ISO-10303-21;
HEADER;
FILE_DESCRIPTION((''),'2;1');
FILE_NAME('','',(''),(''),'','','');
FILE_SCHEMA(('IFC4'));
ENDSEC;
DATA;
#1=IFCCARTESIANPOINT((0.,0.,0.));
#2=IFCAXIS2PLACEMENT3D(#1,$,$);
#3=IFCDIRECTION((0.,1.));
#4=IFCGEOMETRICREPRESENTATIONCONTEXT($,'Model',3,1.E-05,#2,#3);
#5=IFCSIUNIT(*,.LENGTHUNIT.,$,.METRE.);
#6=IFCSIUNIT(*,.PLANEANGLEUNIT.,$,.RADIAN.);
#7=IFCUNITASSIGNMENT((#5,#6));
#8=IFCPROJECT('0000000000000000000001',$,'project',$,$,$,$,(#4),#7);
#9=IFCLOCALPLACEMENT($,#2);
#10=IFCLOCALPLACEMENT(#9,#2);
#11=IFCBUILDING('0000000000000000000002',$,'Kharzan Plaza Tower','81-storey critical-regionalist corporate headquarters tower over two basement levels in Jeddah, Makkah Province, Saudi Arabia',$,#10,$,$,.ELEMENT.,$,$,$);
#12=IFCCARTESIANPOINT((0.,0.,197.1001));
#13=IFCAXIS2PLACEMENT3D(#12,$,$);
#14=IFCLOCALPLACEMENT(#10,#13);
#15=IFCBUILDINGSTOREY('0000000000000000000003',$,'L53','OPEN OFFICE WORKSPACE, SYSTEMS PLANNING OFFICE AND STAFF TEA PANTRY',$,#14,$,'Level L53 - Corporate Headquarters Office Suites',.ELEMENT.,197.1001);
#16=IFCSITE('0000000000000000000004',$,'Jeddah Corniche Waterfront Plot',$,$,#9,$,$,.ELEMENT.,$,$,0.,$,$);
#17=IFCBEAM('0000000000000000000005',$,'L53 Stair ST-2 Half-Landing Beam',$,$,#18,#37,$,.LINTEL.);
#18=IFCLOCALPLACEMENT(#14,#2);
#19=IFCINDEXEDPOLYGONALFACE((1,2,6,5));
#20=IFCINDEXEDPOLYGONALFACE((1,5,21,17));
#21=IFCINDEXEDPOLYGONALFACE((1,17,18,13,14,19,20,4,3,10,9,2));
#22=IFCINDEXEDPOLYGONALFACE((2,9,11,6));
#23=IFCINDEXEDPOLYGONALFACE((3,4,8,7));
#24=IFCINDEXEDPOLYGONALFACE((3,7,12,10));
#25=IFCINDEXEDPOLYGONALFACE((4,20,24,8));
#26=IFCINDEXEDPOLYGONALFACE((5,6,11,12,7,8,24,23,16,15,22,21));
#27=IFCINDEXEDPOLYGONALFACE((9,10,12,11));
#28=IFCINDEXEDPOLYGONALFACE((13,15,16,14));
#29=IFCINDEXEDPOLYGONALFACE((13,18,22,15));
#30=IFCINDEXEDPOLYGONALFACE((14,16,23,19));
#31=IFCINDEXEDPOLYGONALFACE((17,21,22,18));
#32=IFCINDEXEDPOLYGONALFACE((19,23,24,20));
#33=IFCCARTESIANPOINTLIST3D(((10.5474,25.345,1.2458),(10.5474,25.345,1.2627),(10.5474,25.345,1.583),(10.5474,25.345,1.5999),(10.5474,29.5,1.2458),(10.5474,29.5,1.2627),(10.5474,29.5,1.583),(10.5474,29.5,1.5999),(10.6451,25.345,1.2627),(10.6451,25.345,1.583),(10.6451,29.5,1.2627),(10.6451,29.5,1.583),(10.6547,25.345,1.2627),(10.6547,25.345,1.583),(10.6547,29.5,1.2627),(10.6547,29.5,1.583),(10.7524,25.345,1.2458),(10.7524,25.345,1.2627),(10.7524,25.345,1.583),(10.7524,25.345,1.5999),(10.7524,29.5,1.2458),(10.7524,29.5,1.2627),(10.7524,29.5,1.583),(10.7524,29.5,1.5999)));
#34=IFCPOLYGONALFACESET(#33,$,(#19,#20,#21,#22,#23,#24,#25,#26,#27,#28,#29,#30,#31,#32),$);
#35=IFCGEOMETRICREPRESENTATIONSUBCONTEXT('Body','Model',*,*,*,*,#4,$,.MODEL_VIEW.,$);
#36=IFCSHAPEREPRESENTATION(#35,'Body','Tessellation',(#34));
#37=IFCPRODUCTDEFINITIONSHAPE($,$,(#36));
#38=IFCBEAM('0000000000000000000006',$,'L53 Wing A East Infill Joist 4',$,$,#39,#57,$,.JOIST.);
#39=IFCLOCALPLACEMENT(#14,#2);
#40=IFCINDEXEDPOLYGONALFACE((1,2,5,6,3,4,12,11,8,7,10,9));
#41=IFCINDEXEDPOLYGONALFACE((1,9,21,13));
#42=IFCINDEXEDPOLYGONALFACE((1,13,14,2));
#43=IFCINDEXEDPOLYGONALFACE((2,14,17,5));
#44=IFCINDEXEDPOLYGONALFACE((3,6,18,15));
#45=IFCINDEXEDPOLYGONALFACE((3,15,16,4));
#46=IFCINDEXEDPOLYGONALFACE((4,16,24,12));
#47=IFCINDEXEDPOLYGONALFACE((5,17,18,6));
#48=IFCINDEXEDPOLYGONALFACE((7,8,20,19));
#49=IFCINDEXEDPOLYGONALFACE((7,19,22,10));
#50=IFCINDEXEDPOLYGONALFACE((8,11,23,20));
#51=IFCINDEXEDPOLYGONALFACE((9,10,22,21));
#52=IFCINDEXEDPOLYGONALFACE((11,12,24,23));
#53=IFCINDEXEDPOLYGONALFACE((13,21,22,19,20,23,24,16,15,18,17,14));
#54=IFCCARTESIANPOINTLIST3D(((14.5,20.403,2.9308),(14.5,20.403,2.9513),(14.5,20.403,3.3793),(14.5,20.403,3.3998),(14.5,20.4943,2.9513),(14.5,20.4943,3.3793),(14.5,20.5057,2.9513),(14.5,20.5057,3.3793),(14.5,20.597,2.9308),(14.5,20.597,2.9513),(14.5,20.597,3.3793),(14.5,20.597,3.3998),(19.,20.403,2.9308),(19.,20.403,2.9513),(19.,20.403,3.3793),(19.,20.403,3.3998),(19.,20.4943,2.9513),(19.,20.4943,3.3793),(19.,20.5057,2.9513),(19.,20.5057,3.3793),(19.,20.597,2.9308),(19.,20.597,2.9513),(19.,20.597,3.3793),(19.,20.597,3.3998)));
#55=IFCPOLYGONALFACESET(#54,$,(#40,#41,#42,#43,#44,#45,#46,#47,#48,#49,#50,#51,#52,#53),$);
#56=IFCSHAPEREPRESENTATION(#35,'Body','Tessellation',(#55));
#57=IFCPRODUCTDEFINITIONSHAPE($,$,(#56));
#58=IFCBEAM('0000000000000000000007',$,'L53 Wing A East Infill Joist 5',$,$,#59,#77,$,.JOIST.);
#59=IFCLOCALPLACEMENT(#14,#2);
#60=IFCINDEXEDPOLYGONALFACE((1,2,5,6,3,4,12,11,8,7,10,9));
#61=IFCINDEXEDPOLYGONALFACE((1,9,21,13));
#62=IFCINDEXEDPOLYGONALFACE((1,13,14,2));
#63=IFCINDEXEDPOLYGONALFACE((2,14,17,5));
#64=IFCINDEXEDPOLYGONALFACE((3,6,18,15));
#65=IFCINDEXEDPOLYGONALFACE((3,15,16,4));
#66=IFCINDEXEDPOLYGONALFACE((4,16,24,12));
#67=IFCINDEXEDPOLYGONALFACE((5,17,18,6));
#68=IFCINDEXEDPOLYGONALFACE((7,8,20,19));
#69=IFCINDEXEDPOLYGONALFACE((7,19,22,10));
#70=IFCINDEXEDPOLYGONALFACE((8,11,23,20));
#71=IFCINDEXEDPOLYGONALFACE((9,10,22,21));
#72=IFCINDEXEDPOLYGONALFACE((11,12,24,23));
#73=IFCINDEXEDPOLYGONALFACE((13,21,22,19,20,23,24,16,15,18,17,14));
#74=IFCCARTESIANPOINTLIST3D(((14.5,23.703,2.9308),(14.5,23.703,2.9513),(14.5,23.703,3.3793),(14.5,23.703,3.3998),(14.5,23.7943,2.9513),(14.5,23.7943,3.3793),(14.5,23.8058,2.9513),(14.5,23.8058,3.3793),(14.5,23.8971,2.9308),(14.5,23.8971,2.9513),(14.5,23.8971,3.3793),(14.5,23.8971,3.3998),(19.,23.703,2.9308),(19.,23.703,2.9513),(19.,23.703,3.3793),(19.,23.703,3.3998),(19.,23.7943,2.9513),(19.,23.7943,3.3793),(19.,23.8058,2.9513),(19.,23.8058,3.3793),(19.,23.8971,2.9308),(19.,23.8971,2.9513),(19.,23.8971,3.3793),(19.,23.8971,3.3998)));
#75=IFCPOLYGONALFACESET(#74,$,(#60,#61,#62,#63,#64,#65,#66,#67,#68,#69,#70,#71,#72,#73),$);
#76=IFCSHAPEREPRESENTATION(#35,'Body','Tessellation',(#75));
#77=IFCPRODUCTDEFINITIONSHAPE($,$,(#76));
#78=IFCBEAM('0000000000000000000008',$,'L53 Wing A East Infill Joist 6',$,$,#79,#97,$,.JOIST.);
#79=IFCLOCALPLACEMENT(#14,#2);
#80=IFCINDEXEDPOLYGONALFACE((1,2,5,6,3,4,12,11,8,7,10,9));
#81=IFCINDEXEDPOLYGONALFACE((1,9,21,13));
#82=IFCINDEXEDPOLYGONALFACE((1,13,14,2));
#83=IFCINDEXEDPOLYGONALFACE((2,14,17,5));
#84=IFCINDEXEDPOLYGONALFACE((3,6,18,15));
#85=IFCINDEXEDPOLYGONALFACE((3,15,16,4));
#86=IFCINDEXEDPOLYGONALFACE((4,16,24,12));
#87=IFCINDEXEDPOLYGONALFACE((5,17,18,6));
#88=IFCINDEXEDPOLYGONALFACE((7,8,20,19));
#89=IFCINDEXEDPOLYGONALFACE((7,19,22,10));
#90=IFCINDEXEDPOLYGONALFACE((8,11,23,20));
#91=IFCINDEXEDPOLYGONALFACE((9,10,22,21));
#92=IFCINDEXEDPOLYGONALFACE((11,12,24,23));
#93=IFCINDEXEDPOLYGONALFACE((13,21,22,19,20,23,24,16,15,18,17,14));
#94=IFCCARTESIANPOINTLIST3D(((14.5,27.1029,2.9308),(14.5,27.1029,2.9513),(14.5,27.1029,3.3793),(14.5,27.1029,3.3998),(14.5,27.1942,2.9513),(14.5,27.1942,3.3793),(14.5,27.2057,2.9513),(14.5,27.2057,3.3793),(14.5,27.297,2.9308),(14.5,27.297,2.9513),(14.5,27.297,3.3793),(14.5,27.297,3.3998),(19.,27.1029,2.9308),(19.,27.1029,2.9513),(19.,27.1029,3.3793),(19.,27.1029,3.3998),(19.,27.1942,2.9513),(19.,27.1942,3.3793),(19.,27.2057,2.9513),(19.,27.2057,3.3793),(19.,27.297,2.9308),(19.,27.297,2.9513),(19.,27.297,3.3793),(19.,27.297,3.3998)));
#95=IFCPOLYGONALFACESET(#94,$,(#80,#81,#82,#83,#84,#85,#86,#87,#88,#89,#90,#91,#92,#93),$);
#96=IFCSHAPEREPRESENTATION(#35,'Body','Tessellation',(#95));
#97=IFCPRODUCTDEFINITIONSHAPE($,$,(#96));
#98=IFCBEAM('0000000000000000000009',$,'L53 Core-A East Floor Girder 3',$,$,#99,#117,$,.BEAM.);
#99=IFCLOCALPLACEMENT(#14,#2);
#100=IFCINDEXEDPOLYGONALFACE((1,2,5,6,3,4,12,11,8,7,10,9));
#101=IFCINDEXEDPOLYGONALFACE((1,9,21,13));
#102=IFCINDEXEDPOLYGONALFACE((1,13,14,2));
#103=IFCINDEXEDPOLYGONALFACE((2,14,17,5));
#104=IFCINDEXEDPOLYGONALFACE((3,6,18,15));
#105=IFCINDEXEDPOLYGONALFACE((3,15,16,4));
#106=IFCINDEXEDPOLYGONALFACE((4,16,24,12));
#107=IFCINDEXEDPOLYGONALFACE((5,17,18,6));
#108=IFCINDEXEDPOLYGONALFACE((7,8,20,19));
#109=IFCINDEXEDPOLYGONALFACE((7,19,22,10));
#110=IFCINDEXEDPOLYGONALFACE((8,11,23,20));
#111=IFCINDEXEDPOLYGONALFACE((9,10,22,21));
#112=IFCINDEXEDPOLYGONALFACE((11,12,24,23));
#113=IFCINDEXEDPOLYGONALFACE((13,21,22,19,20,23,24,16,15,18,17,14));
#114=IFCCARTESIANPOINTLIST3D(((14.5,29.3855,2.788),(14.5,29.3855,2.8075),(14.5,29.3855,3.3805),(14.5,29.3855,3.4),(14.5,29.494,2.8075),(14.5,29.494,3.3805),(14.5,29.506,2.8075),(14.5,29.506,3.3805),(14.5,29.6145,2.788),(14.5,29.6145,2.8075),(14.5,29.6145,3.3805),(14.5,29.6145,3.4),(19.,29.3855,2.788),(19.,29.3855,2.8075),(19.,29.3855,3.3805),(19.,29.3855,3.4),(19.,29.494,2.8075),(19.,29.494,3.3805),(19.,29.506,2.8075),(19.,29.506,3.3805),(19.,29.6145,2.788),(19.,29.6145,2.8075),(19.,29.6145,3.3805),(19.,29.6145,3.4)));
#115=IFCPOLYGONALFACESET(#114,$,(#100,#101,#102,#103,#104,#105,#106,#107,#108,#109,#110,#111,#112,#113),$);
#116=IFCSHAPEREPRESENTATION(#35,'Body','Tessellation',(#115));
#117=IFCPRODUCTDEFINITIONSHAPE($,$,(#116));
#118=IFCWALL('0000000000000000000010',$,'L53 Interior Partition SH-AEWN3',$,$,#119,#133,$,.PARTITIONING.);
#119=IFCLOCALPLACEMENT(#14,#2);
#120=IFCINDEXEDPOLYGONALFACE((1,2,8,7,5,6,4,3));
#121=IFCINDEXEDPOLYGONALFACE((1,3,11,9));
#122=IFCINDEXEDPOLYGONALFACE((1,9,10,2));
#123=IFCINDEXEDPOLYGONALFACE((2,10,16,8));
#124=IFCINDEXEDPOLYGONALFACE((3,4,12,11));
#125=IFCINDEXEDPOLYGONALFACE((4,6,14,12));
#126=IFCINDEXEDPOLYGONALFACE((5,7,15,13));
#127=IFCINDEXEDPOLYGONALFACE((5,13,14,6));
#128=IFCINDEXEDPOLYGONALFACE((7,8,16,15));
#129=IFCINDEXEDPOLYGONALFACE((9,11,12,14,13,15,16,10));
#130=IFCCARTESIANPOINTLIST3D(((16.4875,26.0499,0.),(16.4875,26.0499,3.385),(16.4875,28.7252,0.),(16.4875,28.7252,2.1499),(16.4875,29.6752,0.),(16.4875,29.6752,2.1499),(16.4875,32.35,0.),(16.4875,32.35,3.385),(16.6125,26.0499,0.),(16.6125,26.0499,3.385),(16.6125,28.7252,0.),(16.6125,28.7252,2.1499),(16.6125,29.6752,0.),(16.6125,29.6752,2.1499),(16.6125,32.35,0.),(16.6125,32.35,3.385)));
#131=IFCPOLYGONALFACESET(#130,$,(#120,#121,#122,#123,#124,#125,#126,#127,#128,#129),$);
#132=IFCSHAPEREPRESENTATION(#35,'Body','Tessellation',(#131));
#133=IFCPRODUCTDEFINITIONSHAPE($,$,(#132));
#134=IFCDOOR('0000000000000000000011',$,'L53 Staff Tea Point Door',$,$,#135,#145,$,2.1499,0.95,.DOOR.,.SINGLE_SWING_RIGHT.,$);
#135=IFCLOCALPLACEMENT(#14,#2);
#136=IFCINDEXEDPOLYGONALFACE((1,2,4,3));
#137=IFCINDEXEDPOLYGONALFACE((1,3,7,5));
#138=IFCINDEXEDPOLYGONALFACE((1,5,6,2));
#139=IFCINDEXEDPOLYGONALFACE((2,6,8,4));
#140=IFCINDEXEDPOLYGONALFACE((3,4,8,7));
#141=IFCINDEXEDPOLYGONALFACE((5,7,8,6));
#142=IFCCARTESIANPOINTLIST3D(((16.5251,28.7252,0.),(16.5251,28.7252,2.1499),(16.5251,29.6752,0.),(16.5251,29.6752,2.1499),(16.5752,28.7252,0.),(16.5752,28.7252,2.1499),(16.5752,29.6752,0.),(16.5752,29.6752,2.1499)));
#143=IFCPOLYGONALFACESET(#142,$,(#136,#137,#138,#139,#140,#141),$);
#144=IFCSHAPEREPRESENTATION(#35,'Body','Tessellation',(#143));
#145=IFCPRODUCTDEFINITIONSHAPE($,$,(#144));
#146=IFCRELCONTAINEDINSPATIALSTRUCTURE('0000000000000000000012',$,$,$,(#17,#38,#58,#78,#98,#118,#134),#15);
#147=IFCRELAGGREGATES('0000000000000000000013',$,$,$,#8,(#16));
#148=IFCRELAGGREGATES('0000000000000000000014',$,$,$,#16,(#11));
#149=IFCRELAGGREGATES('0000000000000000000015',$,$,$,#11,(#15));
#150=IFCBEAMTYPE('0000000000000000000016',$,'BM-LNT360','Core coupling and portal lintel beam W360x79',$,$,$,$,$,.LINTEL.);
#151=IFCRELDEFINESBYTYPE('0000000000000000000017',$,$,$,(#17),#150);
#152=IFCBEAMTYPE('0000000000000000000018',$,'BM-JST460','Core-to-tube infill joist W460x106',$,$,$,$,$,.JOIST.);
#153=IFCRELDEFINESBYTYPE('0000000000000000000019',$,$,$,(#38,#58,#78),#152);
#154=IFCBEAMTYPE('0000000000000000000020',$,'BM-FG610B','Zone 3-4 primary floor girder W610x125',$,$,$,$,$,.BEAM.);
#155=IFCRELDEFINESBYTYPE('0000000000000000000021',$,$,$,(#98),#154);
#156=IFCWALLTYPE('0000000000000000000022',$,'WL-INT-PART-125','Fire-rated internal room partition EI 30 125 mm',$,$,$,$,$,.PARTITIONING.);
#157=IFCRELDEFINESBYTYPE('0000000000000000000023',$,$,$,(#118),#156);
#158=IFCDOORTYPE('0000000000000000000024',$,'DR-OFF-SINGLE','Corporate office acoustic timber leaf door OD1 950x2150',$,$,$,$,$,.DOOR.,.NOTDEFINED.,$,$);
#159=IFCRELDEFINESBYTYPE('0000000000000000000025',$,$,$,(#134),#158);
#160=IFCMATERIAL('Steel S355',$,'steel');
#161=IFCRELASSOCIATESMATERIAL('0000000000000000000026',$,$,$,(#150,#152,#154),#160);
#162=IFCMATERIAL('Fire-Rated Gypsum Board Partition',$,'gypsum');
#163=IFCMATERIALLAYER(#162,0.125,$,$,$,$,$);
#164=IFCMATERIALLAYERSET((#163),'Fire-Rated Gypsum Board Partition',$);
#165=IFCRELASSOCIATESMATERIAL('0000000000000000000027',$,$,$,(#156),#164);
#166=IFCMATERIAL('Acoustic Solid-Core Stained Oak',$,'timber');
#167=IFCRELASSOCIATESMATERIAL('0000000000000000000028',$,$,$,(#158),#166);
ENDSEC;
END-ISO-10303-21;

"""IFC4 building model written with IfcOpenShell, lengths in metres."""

from ifc_helpers import new_model, si_unit, direction, frame, frame_2d, origin, origin_2d, place, context, subcontext, project, spatial, rectangle, i_section, extrude, source, transform, mapped, material, layer, layer_set, material_profile, profile_set, type_object, element, fill, save


model = new_model("IFC4")

# Units and contexts
model_context = context("Model", 3, precision=1e-05, world=origin(), true_north=direction((0.0, 1.0)))
body_context = subcontext(model_context, "Body", "Model", "MODEL_VIEW")
ifc_project = project(units=[si_unit("LENGTHUNIT", "METRE"), si_unit("PLANEANGLEUNIT", "RADIAN")], contexts=[model_context])

# Site, building, storey
site_placement = place(None, origin())
site = spatial("IfcSite", under=ifc_project, at=site_placement, Name="Jeddah Corniche Waterfront Plot", CompositionType="ELEMENT", RefElevation=0.0)
building_placement = place(site_placement, origin())
building = spatial("IfcBuilding", under=site, at=building_placement, Name="Kharzan Plaza Tower", Description="81-storey critical-regionalist corporate headquarters tower over two basement levels in Jeddah, Makkah Province, Saudi Arabia", CompositionType="ELEMENT")
storey_placement = place(building_placement, frame((0.0, 0.0, 197.1001)))
storey = spatial("IfcBuildingStorey", under=building, at=storey_placement, Name="L53", Description="OPEN OFFICE WORKSPACE, SYSTEMS PLANNING OFFICE AND STAFF TEA PANTRY", LongName="Level L53 - Corporate Headquarters Office Suites", CompositionType="ELEMENT", Elevation=197.1001)

# Beams
ifc_material_1 = material(Name="Steel S355", Category="steel")
ifc_material_profile_1 = material_profile(ifc_material_1, i_section(OverallWidth=0.2051, OverallDepth=0.354, WebThickness=0.0095, FlangeThickness=0.0168, at=origin_2d()), Name="W360x79")
ifc_profile_set_1 = profile_set([ifc_material_profile_1], Name="Steel S355")
beam_type_1 = type_object("IfcBeamType", Name="BM-LNT360", Description="Core coupling and portal lintel beam W360x79", PredefinedType="LINTEL", material=ifc_profile_set_1)
shared_shape_1 = source(origin(), body_context, "Body", "SweptSolid", [
    extrude(i_section(OverallWidth=0.2051, OverallDepth=0.354, WebThickness=0.0095, FlangeThickness=0.0168, at=origin_2d()), origin(), (0.0, 0.0, 1.0), 4.155),
])
beam_1_placement = place(storey_placement, frame((10.6499, 25.345, 1.4229), z_axis=(0.0, 1.0, 0.0), x_axis=(-1.0, 0.0, 0.0)))
element("IfcBeam", 1, at=beam_1_placement, inside=storey, type_object=beam_type_1, Name="L53 Stair ST-2 Half-Landing Beam", PredefinedType="LINTEL", context=body_context, shape_type="MappedRepresentation", body=[
    mapped(shared_shape_1, transform((0.0, 0.0, 0.0), x_axis=(1.0, 0.0, 0.0), y_axis=(0.0, 1.0, 0.0), z_axis=(0.0, 0.0, 1.0))),
])
ifc_material_profile_2 = material_profile(ifc_material_1, i_section(OverallWidth=0.1941, OverallDepth=0.469, WebThickness=0.0115, FlangeThickness=0.0205, at=origin_2d()), Name="W460x106")
ifc_profile_set_2 = profile_set([ifc_material_profile_2], Name="Steel S355")
beam_type_2 = type_object("IfcBeamType", Name="BM-JST460", Description="Core-to-tube infill joist W460x106", PredefinedType="JOIST", material=ifc_profile_set_2)
shared_shape_2 = source(origin(), body_context, "Body", "SweptSolid", [
    extrude(i_section(OverallWidth=0.1941, OverallDepth=0.469, WebThickness=0.0115, FlangeThickness=0.0205, at=origin_2d()), origin(), (0.0, 0.0, 1.0), 4.5),
])
for number, where, z_axis, x_axis, name in (
    (2, (14.5, 20.5, 3.1653), (1.0, 0.0, 0.0), (0.0, 1.0, 0.0), "L53 Wing A East Infill Joist 4"),
    (3, (14.5, 23.8, 3.1653), (1.0, 0.0, 0.0), (0.0, 1.0, 0.0), "L53 Wing A East Infill Joist 5"),
    (4, (14.5, 27.2, 3.1653), (1.0, 0.0, 0.0), (0.0, 1.0, 0.0), "L53 Wing A East Infill Joist 6"),
):
    element("IfcBeam", number, at=place(storey_placement, frame(where, z_axis=z_axis, x_axis=x_axis)), inside=storey, type_object=beam_type_2, Name=name, PredefinedType="JOIST", context=body_context, shape_type="MappedRepresentation", body=[
        mapped(shared_shape_2, transform((0.0, 0.0, 0.0), x_axis=(1.0, 0.0, 0.0), y_axis=(0.0, 1.0, 0.0), z_axis=(0.0, 0.0, 1.0))),
    ])
ifc_material_profile_3 = material_profile(ifc_material_1, i_section(OverallWidth=0.229, OverallDepth=0.6121, WebThickness=0.012, FlangeThickness=0.0195, at=origin_2d()), Name="W610x125")
ifc_profile_set_3 = profile_set([ifc_material_profile_3], Name="Steel S355")
beam_type_3 = type_object("IfcBeamType", Name="BM-FG610B", Description="Zone 3-4 primary floor girder W610x125", PredefinedType="BEAM", material=ifc_profile_set_3)
shared_shape_3 = source(origin(), body_context, "Body", "SweptSolid", [
    extrude(i_section(OverallWidth=0.229, OverallDepth=0.6121, WebThickness=0.012, FlangeThickness=0.0195, at=origin_2d()), origin(), (0.0, 0.0, 1.0), 4.5),
])
beam_2_placement = place(storey_placement, frame((14.5, 29.5, 3.094), z_axis=(1.0, 0.0, 0.0), x_axis=(0.0, 1.0, 0.0)))
element("IfcBeam", 5, at=beam_2_placement, inside=storey, type_object=beam_type_3, Name="L53 Core-A East Floor Girder 3", PredefinedType="BEAM", context=body_context, shape_type="MappedRepresentation", body=[
    mapped(shared_shape_3, transform((0.0, 0.0, 0.0), x_axis=(1.0, 0.0, 0.0), y_axis=(0.0, 1.0, 0.0), z_axis=(0.0, 0.0, 1.0))),
])

# Wall, opening, door
ifc_material_2 = material(Name="Fire-Rated Gypsum Board Partition", Category="gypsum")
ifc_layer_1 = layer(ifc_material_2, 0.125)
ifc_layer_set_1 = layer_set([ifc_layer_1], Name="Fire-Rated Gypsum Board Partition")
wall_type_1 = type_object("IfcWallType", Name="WL-INT-PART-125", Description="Fire-rated internal room partition EI 30 125 mm", PredefinedType="PARTITIONING", material=ifc_layer_set_1)
wall_1_placement = place(storey_placement, frame((16.55, 26.05, 0.0), z_axis=(0.0, 0.0, 1.0), x_axis=(0.0, 1.0, 0.0)))
wall_1 = element("IfcWall", 6, at=wall_1_placement, inside=storey, type_object=wall_type_1, Name="L53 Interior Partition SH-AEWN3", PredefinedType="PARTITIONING", context=body_context, shape_type="SweptSolid", body=[
    extrude(rectangle(XDim=6.3, YDim=0.125, at=frame_2d((3.1499, 0.0))), origin(), (0.0, 0.0, 1.0), 3.385),
])
opening_1_placement = place(wall_1_placement, frame((2.675, 0.0, 0.0)))
opening_1 = element("IfcOpeningElement", 7, at=opening_1_placement, cuts=wall_1, PredefinedType="OPENING", context=body_context, shape_type="SweptSolid", body=[
    extrude(rectangle(XDim=0.95, YDim=2.1499, at=frame_2d((0.4751, 1.075))), frame((0.0, 0.0725, 0.0), z_axis=(0.0, -1.0, 0.0), x_axis=(1.0, 0.0, 0.0)), (0.0, 0.0, 1.0), 0.145),
])
ifc_material_3 = material(Name="Acoustic Solid-Core Stained Oak", Category="timber")
door_type_1 = type_object("IfcDoorType", Name="DR-OFF-SINGLE", Description="Corporate office acoustic timber leaf door OD1 950x2150", OperationType="NOTDEFINED", PredefinedType="DOOR", material=ifc_material_3)
shared_shape_4 = source(origin(), body_context, "Body", "SweptSolid", [
    extrude(rectangle(XDim=0.95, YDim=2.1499, at=frame_2d((0.4751, 1.075))), frame((0.0, 0.0249, 0.0), z_axis=(0.0, -1.0, 0.0), x_axis=(1.0, 0.0, 0.0)), (0.0, 0.0, 1.0), 0.05),
])
door_1_placement = place(opening_1_placement, origin())
door_1 = element("IfcDoor", 8, at=door_1_placement, inside=storey, type_object=door_type_1, Name="L53 Staff Tea Point Door", OperationType="SINGLE_SWING_RIGHT", OverallHeight=2.1499, OverallWidth=0.95, PredefinedType="DOOR", context=body_context, shape_type="MappedRepresentation", body=[
    mapped(shared_shape_4, transform((0.0, 0.0, 0.0), x_axis=(1.0, 0.0, 0.0), y_axis=(0.0, 1.0, 0.0), z_axis=(0.0, 0.0, 1.0))),
])
fill(opening_1, door_1)

save(model, "model.ifc")
